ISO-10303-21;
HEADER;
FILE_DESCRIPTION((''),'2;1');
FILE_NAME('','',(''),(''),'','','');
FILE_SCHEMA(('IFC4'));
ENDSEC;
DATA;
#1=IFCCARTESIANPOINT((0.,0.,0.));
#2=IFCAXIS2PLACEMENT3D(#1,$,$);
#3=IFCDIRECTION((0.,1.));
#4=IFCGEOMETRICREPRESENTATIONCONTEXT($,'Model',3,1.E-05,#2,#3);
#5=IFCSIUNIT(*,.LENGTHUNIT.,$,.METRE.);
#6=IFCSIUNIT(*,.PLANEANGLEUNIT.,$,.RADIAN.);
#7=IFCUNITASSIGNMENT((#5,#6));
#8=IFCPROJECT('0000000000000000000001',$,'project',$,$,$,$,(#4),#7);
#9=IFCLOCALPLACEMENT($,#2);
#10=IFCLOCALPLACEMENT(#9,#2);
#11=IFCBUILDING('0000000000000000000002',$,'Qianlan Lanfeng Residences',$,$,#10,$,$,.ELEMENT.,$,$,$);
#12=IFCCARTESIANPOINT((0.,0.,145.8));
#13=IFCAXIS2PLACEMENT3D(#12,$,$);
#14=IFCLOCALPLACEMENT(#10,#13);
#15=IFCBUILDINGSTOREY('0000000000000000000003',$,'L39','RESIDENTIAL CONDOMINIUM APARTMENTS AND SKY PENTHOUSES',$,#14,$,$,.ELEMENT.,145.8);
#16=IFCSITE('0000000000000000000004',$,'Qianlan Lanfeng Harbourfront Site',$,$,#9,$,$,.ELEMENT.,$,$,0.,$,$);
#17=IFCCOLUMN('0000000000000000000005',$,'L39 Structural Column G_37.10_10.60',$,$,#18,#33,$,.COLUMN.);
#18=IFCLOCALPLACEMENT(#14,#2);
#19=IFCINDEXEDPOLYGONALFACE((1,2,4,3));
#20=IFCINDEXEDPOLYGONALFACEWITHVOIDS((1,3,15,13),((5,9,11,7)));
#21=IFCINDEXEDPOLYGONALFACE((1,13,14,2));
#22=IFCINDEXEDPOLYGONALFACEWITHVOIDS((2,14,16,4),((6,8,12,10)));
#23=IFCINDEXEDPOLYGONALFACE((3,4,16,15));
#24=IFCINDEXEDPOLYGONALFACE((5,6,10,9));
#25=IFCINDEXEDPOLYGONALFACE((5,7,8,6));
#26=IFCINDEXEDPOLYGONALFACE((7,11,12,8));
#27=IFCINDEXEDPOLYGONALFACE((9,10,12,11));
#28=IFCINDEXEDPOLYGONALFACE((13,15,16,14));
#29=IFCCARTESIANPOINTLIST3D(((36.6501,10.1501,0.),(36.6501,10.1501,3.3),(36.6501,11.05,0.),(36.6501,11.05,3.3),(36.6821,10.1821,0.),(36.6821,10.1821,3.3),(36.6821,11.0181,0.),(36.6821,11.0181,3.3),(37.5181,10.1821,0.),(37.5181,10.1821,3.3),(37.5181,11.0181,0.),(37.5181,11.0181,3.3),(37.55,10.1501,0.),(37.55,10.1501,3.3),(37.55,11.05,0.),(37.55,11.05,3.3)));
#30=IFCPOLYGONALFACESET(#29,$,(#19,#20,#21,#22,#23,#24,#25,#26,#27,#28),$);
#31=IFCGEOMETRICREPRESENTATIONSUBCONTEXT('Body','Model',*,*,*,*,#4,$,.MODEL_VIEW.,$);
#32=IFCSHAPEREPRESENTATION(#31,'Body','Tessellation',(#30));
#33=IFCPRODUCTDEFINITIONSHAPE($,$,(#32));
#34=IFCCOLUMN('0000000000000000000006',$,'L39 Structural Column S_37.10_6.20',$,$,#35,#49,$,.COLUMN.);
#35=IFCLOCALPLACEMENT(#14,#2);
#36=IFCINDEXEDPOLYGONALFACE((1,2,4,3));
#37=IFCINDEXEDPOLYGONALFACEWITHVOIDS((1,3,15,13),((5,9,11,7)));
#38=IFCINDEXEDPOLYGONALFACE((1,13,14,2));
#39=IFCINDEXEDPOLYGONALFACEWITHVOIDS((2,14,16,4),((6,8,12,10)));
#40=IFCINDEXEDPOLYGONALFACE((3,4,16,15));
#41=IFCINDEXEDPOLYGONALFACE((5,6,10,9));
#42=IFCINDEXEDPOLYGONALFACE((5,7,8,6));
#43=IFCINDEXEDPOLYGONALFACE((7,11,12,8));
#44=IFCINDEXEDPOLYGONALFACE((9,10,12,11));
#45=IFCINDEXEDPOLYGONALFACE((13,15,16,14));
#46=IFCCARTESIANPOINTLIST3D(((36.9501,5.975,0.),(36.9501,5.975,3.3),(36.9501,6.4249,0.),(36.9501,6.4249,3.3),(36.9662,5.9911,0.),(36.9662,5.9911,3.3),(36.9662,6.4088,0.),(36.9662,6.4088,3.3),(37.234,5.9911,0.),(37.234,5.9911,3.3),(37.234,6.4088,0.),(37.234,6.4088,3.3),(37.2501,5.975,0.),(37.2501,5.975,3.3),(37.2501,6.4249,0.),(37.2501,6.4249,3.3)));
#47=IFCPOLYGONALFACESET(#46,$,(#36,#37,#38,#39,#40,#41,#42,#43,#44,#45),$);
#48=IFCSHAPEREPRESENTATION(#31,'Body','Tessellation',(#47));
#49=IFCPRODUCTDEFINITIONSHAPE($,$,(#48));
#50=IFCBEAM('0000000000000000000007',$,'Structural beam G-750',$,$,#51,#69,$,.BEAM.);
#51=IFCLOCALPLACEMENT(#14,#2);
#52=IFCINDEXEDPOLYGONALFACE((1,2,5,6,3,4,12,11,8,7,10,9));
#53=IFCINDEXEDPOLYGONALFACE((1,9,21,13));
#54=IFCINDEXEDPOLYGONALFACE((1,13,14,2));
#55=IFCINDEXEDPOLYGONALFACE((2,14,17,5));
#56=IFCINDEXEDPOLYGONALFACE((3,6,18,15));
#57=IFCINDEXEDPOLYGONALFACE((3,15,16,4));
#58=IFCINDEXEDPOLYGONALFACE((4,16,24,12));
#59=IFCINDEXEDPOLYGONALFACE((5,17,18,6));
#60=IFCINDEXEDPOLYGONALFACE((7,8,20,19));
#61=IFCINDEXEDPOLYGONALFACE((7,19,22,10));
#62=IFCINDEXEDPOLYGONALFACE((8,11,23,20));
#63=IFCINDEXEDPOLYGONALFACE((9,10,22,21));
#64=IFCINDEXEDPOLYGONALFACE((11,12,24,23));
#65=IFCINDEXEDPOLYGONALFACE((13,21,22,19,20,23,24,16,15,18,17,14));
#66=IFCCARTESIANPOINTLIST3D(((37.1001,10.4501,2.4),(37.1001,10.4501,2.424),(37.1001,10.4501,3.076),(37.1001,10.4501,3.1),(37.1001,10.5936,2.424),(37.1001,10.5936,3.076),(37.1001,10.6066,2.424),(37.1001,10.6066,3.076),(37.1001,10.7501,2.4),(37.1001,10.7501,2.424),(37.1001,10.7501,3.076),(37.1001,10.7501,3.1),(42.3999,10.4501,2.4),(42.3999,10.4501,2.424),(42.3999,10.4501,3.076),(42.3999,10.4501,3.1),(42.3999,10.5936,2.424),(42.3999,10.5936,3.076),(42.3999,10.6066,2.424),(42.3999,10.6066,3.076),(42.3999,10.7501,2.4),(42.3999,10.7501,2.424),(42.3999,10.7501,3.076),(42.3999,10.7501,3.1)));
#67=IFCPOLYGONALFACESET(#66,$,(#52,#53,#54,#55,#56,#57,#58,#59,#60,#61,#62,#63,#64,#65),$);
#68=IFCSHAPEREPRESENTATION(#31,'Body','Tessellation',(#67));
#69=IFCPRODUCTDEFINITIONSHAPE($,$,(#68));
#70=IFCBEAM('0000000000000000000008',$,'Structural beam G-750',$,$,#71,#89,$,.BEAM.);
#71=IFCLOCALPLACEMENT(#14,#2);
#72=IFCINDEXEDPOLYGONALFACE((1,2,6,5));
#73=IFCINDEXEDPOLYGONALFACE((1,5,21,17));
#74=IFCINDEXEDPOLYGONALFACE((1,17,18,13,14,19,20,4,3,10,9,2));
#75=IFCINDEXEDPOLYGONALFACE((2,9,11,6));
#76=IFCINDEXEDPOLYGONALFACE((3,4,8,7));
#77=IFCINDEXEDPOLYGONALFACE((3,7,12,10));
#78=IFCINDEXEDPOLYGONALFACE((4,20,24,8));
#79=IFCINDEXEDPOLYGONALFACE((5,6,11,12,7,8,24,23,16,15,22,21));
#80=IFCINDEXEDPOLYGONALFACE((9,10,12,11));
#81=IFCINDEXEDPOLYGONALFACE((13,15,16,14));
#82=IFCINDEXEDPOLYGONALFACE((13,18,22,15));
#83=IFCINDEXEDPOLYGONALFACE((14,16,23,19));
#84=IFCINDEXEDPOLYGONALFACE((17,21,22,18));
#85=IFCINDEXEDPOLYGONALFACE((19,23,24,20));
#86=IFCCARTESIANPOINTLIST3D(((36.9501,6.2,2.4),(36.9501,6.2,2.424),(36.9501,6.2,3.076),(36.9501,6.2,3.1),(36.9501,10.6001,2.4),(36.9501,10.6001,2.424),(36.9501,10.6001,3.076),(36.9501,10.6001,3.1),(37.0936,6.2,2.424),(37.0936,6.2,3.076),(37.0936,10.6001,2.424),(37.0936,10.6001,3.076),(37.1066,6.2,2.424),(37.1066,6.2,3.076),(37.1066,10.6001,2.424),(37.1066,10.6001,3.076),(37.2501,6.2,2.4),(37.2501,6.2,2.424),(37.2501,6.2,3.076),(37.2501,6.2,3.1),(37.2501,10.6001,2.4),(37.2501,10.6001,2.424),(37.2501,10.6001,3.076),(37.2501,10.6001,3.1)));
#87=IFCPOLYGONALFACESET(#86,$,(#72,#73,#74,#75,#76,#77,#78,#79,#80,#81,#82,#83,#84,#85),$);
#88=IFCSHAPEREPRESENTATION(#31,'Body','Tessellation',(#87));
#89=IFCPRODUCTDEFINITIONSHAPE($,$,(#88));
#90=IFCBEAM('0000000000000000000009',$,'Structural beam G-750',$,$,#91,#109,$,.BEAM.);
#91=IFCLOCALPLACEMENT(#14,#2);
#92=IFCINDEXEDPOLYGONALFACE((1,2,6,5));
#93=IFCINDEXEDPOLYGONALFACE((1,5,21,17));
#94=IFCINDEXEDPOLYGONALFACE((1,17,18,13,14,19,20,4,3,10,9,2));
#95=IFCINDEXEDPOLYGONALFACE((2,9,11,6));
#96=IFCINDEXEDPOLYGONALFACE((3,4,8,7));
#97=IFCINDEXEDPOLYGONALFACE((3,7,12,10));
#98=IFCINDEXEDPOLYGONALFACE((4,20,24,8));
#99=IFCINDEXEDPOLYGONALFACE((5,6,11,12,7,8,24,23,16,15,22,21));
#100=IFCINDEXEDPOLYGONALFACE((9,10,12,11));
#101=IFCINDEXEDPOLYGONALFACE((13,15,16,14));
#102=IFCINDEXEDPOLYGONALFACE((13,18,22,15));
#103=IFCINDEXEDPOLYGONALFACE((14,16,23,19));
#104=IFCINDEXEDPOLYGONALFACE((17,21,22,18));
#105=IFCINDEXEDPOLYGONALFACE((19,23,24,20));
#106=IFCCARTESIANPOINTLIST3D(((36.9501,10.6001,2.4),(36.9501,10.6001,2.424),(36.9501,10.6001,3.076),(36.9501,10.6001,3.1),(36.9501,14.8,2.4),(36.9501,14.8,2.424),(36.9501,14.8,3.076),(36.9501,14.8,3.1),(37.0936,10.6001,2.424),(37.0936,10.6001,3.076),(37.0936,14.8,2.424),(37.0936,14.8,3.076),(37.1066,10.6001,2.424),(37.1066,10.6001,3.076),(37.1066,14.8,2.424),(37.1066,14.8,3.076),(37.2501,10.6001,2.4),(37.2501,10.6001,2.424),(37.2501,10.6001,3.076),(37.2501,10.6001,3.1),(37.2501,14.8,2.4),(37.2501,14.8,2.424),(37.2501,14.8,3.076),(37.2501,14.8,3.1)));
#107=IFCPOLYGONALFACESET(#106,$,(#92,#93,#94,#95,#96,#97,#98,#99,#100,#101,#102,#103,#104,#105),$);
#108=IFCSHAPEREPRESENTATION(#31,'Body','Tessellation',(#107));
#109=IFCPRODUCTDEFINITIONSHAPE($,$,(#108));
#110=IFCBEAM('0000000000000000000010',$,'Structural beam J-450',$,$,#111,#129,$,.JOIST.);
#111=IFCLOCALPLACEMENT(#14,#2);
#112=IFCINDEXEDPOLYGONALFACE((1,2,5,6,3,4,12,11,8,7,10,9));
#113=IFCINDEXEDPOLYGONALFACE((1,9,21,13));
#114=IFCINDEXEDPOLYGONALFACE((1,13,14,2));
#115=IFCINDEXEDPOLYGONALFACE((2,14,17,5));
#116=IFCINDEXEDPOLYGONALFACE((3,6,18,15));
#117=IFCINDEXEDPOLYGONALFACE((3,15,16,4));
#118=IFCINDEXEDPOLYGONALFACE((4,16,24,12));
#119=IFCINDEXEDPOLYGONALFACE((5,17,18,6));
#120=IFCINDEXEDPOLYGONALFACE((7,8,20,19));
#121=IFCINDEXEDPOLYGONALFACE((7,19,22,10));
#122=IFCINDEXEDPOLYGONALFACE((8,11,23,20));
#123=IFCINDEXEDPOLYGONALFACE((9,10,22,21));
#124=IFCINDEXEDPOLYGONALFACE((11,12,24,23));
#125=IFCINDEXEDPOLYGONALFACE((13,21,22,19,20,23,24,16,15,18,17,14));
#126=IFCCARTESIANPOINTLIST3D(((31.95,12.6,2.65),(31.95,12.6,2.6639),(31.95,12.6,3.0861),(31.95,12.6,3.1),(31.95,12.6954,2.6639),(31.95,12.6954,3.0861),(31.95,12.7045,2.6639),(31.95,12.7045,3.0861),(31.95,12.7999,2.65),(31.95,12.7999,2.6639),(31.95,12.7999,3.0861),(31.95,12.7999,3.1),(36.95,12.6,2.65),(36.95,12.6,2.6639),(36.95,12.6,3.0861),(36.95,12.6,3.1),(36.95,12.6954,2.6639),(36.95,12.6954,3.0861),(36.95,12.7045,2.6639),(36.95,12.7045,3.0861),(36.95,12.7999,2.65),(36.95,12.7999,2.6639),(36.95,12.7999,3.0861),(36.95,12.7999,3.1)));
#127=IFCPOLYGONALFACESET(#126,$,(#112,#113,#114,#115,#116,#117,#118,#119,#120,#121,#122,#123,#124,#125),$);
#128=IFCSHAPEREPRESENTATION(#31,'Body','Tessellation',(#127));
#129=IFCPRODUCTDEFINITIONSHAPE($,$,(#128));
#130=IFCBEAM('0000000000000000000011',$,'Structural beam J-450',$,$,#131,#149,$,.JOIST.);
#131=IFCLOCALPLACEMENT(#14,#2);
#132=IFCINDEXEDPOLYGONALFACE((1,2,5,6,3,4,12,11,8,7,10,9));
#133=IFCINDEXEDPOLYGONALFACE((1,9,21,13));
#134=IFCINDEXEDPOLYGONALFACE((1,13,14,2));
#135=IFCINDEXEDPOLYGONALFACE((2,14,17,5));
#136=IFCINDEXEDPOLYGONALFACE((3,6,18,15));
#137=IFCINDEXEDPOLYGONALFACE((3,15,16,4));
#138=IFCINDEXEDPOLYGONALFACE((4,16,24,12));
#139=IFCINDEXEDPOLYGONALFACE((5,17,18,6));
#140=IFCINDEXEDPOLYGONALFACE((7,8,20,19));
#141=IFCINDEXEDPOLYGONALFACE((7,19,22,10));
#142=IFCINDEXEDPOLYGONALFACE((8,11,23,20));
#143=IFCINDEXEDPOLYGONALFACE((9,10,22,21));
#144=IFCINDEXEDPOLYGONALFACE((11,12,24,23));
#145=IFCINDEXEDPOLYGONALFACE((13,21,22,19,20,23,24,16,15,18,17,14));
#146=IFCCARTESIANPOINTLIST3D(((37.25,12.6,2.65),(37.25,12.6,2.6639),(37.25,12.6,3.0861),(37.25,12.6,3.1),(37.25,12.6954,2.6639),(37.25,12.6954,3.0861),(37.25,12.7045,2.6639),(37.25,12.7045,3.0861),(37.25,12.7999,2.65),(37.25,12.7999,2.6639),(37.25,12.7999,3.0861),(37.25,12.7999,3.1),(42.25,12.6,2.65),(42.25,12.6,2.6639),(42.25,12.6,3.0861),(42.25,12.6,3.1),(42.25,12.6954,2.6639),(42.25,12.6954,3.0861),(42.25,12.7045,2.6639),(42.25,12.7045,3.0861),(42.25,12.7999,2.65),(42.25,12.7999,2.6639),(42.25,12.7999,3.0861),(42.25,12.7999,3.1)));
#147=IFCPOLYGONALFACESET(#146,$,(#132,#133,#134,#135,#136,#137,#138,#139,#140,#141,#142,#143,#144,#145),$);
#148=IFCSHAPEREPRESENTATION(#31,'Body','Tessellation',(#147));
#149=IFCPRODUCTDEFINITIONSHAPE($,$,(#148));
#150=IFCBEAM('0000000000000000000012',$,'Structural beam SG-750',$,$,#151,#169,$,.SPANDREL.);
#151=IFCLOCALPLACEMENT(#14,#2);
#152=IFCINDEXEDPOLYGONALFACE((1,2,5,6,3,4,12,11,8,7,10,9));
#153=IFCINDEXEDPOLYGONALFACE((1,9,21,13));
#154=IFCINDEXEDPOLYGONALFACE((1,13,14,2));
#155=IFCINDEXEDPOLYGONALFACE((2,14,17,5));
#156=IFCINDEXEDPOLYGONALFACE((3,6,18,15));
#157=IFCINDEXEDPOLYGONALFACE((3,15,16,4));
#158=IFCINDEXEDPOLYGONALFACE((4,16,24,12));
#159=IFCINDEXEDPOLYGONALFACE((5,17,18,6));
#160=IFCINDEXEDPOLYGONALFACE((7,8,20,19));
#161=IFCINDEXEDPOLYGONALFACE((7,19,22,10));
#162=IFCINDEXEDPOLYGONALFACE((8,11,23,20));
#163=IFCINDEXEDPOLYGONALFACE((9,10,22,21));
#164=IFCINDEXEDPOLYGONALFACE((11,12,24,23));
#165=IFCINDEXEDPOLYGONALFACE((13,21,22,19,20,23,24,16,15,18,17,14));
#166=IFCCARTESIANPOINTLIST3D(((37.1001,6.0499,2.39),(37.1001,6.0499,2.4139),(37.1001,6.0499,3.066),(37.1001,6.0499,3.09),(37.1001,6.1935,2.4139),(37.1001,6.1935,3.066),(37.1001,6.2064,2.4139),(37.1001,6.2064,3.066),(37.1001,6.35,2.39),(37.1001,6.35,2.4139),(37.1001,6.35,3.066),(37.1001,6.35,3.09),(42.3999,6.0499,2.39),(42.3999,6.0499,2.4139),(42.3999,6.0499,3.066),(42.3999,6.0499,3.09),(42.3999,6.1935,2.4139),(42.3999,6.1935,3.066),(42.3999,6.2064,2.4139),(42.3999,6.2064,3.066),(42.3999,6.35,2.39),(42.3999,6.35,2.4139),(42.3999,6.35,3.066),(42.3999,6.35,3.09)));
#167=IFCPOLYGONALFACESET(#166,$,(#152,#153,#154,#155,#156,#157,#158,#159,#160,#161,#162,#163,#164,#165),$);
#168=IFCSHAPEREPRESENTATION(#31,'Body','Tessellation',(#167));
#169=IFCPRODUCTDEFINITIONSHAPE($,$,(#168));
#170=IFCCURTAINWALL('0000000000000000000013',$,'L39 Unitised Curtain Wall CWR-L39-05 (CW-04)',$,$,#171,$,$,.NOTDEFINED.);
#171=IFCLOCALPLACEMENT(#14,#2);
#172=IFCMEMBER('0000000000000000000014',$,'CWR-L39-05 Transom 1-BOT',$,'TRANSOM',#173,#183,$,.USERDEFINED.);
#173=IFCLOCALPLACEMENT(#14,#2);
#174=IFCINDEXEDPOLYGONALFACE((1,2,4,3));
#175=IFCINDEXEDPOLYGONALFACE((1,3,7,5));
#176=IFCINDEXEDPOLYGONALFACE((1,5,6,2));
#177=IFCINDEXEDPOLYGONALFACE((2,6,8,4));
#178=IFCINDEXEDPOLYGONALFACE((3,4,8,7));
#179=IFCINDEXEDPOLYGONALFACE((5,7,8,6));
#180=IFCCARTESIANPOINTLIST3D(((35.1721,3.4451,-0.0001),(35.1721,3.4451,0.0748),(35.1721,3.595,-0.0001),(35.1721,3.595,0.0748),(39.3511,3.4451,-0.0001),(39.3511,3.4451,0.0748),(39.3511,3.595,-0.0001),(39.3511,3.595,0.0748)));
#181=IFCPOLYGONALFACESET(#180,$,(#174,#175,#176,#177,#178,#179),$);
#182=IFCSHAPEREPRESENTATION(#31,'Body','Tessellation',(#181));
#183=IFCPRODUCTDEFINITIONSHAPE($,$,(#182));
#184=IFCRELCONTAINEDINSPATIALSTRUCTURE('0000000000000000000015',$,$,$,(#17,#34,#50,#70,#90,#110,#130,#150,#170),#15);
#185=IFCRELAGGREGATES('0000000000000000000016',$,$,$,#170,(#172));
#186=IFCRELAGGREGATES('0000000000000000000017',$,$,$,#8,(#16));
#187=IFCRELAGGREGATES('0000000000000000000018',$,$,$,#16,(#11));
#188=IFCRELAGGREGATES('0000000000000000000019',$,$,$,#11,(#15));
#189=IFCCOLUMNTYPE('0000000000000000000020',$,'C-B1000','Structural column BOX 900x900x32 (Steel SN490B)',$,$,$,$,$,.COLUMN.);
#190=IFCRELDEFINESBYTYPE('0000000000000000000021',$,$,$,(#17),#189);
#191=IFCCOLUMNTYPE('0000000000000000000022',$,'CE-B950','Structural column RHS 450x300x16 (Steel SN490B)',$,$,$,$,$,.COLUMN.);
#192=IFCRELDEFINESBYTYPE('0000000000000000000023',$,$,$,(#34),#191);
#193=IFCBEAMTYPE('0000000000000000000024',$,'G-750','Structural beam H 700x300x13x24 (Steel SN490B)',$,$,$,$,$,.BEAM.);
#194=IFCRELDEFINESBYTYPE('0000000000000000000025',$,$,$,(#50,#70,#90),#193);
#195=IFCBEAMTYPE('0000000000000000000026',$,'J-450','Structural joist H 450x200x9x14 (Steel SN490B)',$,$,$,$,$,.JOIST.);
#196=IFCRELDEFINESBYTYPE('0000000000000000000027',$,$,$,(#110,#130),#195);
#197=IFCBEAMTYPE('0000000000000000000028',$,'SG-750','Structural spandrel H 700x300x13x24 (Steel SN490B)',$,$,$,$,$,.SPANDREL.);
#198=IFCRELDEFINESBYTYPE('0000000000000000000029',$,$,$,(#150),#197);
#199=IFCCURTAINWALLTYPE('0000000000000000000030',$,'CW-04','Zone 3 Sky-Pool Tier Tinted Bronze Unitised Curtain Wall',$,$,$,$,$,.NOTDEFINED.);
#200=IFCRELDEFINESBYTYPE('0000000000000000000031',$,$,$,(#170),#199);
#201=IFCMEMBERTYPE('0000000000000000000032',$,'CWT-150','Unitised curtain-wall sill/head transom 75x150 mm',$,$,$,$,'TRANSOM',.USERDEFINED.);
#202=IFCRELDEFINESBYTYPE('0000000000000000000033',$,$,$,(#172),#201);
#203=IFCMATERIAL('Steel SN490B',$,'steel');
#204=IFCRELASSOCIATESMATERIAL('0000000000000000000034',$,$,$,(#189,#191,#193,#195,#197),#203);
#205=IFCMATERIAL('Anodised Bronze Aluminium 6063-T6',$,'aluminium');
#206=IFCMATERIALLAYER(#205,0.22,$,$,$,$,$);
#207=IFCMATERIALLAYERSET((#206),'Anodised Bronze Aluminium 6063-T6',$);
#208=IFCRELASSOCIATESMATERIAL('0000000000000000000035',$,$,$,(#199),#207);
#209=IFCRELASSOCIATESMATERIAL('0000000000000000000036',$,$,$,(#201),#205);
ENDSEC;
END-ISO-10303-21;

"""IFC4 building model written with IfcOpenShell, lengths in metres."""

from ifc_helpers import new_model, si_unit, direction, frame, origin, origin_2d, place, context, subcontext, project, spatial, rectangle, hollow_rectangle, i_section, extrude, source, transform, mapped, material, layer, layer_set, material_profile, profile_set, type_object, element, aggregate, save


model = new_model("IFC4")

# Units and contexts
model_context = context("Model", 3, precision=1e-05, world=origin(), true_north=direction((0.0, 1.0)))
body_context = subcontext(model_context, "Body", "Model", "MODEL_VIEW")
ifc_project = project(units=[si_unit("LENGTHUNIT", "METRE"), si_unit("PLANEANGLEUNIT", "RADIAN")], contexts=[model_context])

# Site, building, storey
site_placement = place(None, origin())
site = spatial("IfcSite", under=ifc_project, at=site_placement, Name="Qianlan Lanfeng Harbourfront Site", CompositionType="ELEMENT", RefElevation=0.0)
building_placement = place(site_placement, origin())
building = spatial("IfcBuilding", under=site, at=building_placement, Name="Qianlan Lanfeng Residences", CompositionType="ELEMENT")
storey_placement = place(building_placement, frame((0.0, 0.0, 145.8)))
storey = spatial("IfcBuildingStorey", under=building, at=storey_placement, Name="L39", Description="RESIDENTIAL CONDOMINIUM APARTMENTS AND SKY PENTHOUSES", CompositionType="ELEMENT", Elevation=145.8)

# Columns
ifc_material_1 = material(Name="Steel SN490B", Category="steel")
ifc_material_profile_1 = material_profile(ifc_material_1, hollow_rectangle(XDim=0.8999, YDim=0.8999, WallThickness=0.032, at=origin_2d()), Name="BOX 900x900x32")
ifc_profile_set_1 = profile_set([ifc_material_profile_1], Name="Steel SN490B")
column_type_1 = type_object("IfcColumnType", Name="C-B1000", Description="Structural column BOX 900x900x32 (Steel SN490B)", PredefinedType="COLUMN", material=ifc_profile_set_1)
column_1_placement = place(storey_placement, frame((37.1001, 10.6001, 0.0), z_axis=(0.0, 0.0, 1.0), x_axis=(1.0, 0.0, 0.0)))
element("IfcColumn", 1, at=column_1_placement, inside=storey, type_object=column_type_1, Name="L39 Structural Column G_37.10_10.60", PredefinedType="COLUMN", context=body_context, shape_type="SweptSolid", body=[
    extrude(hollow_rectangle(XDim=0.8999, YDim=0.8999, WallThickness=0.032, at=origin_2d()), origin(), (0.0, 0.0, 1.0), 3.3),
])
ifc_material_profile_2 = material_profile(ifc_material_1, hollow_rectangle(XDim=0.3, YDim=0.45, WallThickness=0.0161, at=origin_2d()), Name="RHS 450x300x16")
ifc_profile_set_2 = profile_set([ifc_material_profile_2], Name="Steel SN490B")
column_type_2 = type_object("IfcColumnType", Name="CE-B950", Description="Structural column RHS 450x300x16 (Steel SN490B)", PredefinedType="COLUMN", material=ifc_profile_set_2)
column_2_placement = place(storey_placement, frame((37.1001, 6.2, 0.0), z_axis=(0.0, 0.0, 1.0), x_axis=(1.0, 0.0, 0.0)))
element("IfcColumn", 2, at=column_2_placement, inside=storey, type_object=column_type_2, Name="L39 Structural Column S_37.10_6.20", PredefinedType="COLUMN", context=body_context, shape_type="SweptSolid", body=[
    extrude(hollow_rectangle(XDim=0.3, YDim=0.45, WallThickness=0.0161, at=origin_2d()), origin(), (0.0, 0.0, 1.0), 3.3),
])

# Beams
ifc_material_profile_3 = material_profile(ifc_material_1, i_section(OverallWidth=0.3, OverallDepth=0.7, WebThickness=0.0129, FlangeThickness=0.0239, at=origin_2d()), Name="H 700x300x13x24")
ifc_profile_set_3 = profile_set([ifc_material_profile_3], Name="Steel SN490B")
beam_type_1 = type_object("IfcBeamType", Name="G-750", Description="Structural beam H 700x300x13x24 (Steel SN490B)", PredefinedType="BEAM", material=ifc_profile_set_3)
beam_1_placement = place(storey_placement, frame((37.1001, 10.6001, 2.75), z_axis=(1.0, 0.0, 0.0), x_axis=(0.0, 1.0, 0.0)))
element("IfcBeam", 3, at=beam_1_placement, inside=storey, type_object=beam_type_1, Name="Structural beam G-750", PredefinedType="BEAM", context=body_context, shape_type="SweptSolid", body=[
    extrude(i_section(OverallWidth=0.3, OverallDepth=0.7, WebThickness=0.0129, FlangeThickness=0.0239, at=origin_2d()), origin(), (0.0, 0.0, 1.0), 5.2998),
])
beam_2_placement = place(storey_placement, frame((37.1001, 6.2, 2.75), z_axis=(0.0, 1.0, 0.0), x_axis=(-1.0, 0.0, 0.0)))
element("IfcBeam", 4, at=beam_2_placement, inside=storey, type_object=beam_type_1, Name="Structural beam G-750", PredefinedType="BEAM", context=body_context, shape_type="SweptSolid", body=[
    extrude(i_section(OverallWidth=0.3, OverallDepth=0.7, WebThickness=0.0129, FlangeThickness=0.0239, at=origin_2d()), origin(), (0.0, 0.0, 1.0), 4.4001),
])
beam_3_placement = place(storey_placement, frame((37.1001, 10.6001, 2.75), z_axis=(0.0, 1.0, 0.0), x_axis=(-1.0, 0.0, 0.0)))
element("IfcBeam", 5, at=beam_3_placement, inside=storey, type_object=beam_type_1, Name="Structural beam G-750", PredefinedType="BEAM", context=body_context, shape_type="SweptSolid", body=[
    extrude(i_section(OverallWidth=0.3, OverallDepth=0.7, WebThickness=0.0129, FlangeThickness=0.0239, at=origin_2d()), origin(), (0.0, 0.0, 1.0), 4.2),
])
ifc_material_profile_4 = material_profile(ifc_material_1, i_section(OverallWidth=0.2, OverallDepth=0.45, WebThickness=0.009, FlangeThickness=0.0139, at=origin_2d()), Name="H 450x200x9x14")
ifc_profile_set_4 = profile_set([ifc_material_profile_4], Name="Steel SN490B")
beam_type_2 = type_object("IfcBeamType", Name="J-450", Description="Structural joist H 450x200x9x14 (Steel SN490B)", PredefinedType="JOIST", material=ifc_profile_set_4)
for number, where, z_axis, x_axis, name in (
    (6, (31.95, 12.7, 2.875), (1.0, 0.0, 0.0), (0.0, 1.0, 0.0), "Structural beam J-450"),
    (7, (37.25, 12.7, 2.875), (1.0, 0.0, 0.0), (0.0, 1.0, 0.0), "Structural beam J-450"),
):
    element("IfcBeam", number, at=place(storey_placement, frame(where, z_axis=z_axis, x_axis=x_axis)), inside=storey, type_object=beam_type_2, Name=name, PredefinedType="JOIST", context=body_context, shape_type="SweptSolid", body=[
        extrude(i_section(OverallWidth=0.2, OverallDepth=0.45, WebThickness=0.009, FlangeThickness=0.0139, at=origin_2d()), origin(), (0.0, 0.0, 1.0), 5.0),
    ])
ifc_material_profile_5 = material_profile(ifc_material_1, i_section(OverallWidth=0.3, OverallDepth=0.7, WebThickness=0.0129, FlangeThickness=0.0239, at=origin_2d()), Name="H 700x300x13x24")
ifc_profile_set_5 = profile_set([ifc_material_profile_5], Name="Steel SN490B")
beam_type_3 = type_object("IfcBeamType", Name="SG-750", Description="Structural spandrel H 700x300x13x24 (Steel SN490B)", PredefinedType="SPANDREL", material=ifc_profile_set_5)
beam_4_placement = place(storey_placement, frame((37.1001, 6.2, 2.74), z_axis=(1.0, 0.0, 0.0), x_axis=(0.0, 1.0, 0.0)))
element("IfcBeam", 8, at=beam_4_placement, inside=storey, type_object=beam_type_3, Name="Structural beam SG-750", PredefinedType="SPANDREL", context=body_context, shape_type="SweptSolid", body=[
    extrude(i_section(OverallWidth=0.3, OverallDepth=0.7, WebThickness=0.0129, FlangeThickness=0.0239, at=origin_2d()), origin(), (0.0, 0.0, 1.0), 5.2998),
])

# Curtain wall, member
ifc_material_2 = material(Name="Anodised Bronze Aluminium 6063-T6", Category="aluminium")
ifc_layer_1 = layer(ifc_material_2, 0.22)
ifc_layer_set_1 = layer_set([ifc_layer_1], Name="Anodised Bronze Aluminium 6063-T6")
curtain_wall_type = type_object("IfcCurtainWallType", Name="CW-04", Description="Zone 3 Sky-Pool Tier Tinted Bronze Unitised Curtain Wall", PredefinedType="NOTDEFINED", material=ifc_layer_set_1)
curtain_wall_1_placement = place(storey_placement, origin())
curtain_wall_1 = element("IfcCurtainWall", 9, at=curtain_wall_1_placement, inside=storey, type_object=curtain_wall_type, Name="L39 Unitised Curtain Wall CWR-L39-05 (CW-04)", PredefinedType="NOTDEFINED")
ifc_material_profile_6 = material_profile(ifc_material_2, rectangle(XDim=0.075, YDim=0.1499, at=origin_2d()), Name="ALU TRANSOM 75x150")
ifc_profile_set_6 = profile_set([ifc_material_profile_6], Name="Anodised Bronze Aluminium 6063-T6")
member_type_1 = type_object("IfcMemberType", Name="CWT-150", Description="Unitised curtain-wall sill/head transom 75x150 mm", ElementType="TRANSOM", PredefinedType="USERDEFINED", material=ifc_profile_set_6)
shared_shape_1 = source(origin(), body_context, "Body", "SweptSolid", [
    extrude(rectangle(XDim=0.075, YDim=0.1499, at=origin_2d()), origin(), (0.0, 0.0, 1.0), 4.179),
])
member_1_placement = place(storey_placement, frame((35.1721, 3.52, 0.0374), z_axis=(1.0, 0.0, 0.0), x_axis=(0.0, 0.0, 1.0)))
member_1 = element("IfcMember", 10, at=member_1_placement, type_object=member_type_1, Name="CWR-L39-05 Transom 1-BOT", ObjectType="TRANSOM", PredefinedType="USERDEFINED", context=body_context, shape_type="MappedRepresentation", body=[
    mapped(shared_shape_1, transform((0.0, 0.0, 0.0), scale=1.0)),
])

aggregate(curtain_wall_1, [member_1])

save(model, "model.ifc")
